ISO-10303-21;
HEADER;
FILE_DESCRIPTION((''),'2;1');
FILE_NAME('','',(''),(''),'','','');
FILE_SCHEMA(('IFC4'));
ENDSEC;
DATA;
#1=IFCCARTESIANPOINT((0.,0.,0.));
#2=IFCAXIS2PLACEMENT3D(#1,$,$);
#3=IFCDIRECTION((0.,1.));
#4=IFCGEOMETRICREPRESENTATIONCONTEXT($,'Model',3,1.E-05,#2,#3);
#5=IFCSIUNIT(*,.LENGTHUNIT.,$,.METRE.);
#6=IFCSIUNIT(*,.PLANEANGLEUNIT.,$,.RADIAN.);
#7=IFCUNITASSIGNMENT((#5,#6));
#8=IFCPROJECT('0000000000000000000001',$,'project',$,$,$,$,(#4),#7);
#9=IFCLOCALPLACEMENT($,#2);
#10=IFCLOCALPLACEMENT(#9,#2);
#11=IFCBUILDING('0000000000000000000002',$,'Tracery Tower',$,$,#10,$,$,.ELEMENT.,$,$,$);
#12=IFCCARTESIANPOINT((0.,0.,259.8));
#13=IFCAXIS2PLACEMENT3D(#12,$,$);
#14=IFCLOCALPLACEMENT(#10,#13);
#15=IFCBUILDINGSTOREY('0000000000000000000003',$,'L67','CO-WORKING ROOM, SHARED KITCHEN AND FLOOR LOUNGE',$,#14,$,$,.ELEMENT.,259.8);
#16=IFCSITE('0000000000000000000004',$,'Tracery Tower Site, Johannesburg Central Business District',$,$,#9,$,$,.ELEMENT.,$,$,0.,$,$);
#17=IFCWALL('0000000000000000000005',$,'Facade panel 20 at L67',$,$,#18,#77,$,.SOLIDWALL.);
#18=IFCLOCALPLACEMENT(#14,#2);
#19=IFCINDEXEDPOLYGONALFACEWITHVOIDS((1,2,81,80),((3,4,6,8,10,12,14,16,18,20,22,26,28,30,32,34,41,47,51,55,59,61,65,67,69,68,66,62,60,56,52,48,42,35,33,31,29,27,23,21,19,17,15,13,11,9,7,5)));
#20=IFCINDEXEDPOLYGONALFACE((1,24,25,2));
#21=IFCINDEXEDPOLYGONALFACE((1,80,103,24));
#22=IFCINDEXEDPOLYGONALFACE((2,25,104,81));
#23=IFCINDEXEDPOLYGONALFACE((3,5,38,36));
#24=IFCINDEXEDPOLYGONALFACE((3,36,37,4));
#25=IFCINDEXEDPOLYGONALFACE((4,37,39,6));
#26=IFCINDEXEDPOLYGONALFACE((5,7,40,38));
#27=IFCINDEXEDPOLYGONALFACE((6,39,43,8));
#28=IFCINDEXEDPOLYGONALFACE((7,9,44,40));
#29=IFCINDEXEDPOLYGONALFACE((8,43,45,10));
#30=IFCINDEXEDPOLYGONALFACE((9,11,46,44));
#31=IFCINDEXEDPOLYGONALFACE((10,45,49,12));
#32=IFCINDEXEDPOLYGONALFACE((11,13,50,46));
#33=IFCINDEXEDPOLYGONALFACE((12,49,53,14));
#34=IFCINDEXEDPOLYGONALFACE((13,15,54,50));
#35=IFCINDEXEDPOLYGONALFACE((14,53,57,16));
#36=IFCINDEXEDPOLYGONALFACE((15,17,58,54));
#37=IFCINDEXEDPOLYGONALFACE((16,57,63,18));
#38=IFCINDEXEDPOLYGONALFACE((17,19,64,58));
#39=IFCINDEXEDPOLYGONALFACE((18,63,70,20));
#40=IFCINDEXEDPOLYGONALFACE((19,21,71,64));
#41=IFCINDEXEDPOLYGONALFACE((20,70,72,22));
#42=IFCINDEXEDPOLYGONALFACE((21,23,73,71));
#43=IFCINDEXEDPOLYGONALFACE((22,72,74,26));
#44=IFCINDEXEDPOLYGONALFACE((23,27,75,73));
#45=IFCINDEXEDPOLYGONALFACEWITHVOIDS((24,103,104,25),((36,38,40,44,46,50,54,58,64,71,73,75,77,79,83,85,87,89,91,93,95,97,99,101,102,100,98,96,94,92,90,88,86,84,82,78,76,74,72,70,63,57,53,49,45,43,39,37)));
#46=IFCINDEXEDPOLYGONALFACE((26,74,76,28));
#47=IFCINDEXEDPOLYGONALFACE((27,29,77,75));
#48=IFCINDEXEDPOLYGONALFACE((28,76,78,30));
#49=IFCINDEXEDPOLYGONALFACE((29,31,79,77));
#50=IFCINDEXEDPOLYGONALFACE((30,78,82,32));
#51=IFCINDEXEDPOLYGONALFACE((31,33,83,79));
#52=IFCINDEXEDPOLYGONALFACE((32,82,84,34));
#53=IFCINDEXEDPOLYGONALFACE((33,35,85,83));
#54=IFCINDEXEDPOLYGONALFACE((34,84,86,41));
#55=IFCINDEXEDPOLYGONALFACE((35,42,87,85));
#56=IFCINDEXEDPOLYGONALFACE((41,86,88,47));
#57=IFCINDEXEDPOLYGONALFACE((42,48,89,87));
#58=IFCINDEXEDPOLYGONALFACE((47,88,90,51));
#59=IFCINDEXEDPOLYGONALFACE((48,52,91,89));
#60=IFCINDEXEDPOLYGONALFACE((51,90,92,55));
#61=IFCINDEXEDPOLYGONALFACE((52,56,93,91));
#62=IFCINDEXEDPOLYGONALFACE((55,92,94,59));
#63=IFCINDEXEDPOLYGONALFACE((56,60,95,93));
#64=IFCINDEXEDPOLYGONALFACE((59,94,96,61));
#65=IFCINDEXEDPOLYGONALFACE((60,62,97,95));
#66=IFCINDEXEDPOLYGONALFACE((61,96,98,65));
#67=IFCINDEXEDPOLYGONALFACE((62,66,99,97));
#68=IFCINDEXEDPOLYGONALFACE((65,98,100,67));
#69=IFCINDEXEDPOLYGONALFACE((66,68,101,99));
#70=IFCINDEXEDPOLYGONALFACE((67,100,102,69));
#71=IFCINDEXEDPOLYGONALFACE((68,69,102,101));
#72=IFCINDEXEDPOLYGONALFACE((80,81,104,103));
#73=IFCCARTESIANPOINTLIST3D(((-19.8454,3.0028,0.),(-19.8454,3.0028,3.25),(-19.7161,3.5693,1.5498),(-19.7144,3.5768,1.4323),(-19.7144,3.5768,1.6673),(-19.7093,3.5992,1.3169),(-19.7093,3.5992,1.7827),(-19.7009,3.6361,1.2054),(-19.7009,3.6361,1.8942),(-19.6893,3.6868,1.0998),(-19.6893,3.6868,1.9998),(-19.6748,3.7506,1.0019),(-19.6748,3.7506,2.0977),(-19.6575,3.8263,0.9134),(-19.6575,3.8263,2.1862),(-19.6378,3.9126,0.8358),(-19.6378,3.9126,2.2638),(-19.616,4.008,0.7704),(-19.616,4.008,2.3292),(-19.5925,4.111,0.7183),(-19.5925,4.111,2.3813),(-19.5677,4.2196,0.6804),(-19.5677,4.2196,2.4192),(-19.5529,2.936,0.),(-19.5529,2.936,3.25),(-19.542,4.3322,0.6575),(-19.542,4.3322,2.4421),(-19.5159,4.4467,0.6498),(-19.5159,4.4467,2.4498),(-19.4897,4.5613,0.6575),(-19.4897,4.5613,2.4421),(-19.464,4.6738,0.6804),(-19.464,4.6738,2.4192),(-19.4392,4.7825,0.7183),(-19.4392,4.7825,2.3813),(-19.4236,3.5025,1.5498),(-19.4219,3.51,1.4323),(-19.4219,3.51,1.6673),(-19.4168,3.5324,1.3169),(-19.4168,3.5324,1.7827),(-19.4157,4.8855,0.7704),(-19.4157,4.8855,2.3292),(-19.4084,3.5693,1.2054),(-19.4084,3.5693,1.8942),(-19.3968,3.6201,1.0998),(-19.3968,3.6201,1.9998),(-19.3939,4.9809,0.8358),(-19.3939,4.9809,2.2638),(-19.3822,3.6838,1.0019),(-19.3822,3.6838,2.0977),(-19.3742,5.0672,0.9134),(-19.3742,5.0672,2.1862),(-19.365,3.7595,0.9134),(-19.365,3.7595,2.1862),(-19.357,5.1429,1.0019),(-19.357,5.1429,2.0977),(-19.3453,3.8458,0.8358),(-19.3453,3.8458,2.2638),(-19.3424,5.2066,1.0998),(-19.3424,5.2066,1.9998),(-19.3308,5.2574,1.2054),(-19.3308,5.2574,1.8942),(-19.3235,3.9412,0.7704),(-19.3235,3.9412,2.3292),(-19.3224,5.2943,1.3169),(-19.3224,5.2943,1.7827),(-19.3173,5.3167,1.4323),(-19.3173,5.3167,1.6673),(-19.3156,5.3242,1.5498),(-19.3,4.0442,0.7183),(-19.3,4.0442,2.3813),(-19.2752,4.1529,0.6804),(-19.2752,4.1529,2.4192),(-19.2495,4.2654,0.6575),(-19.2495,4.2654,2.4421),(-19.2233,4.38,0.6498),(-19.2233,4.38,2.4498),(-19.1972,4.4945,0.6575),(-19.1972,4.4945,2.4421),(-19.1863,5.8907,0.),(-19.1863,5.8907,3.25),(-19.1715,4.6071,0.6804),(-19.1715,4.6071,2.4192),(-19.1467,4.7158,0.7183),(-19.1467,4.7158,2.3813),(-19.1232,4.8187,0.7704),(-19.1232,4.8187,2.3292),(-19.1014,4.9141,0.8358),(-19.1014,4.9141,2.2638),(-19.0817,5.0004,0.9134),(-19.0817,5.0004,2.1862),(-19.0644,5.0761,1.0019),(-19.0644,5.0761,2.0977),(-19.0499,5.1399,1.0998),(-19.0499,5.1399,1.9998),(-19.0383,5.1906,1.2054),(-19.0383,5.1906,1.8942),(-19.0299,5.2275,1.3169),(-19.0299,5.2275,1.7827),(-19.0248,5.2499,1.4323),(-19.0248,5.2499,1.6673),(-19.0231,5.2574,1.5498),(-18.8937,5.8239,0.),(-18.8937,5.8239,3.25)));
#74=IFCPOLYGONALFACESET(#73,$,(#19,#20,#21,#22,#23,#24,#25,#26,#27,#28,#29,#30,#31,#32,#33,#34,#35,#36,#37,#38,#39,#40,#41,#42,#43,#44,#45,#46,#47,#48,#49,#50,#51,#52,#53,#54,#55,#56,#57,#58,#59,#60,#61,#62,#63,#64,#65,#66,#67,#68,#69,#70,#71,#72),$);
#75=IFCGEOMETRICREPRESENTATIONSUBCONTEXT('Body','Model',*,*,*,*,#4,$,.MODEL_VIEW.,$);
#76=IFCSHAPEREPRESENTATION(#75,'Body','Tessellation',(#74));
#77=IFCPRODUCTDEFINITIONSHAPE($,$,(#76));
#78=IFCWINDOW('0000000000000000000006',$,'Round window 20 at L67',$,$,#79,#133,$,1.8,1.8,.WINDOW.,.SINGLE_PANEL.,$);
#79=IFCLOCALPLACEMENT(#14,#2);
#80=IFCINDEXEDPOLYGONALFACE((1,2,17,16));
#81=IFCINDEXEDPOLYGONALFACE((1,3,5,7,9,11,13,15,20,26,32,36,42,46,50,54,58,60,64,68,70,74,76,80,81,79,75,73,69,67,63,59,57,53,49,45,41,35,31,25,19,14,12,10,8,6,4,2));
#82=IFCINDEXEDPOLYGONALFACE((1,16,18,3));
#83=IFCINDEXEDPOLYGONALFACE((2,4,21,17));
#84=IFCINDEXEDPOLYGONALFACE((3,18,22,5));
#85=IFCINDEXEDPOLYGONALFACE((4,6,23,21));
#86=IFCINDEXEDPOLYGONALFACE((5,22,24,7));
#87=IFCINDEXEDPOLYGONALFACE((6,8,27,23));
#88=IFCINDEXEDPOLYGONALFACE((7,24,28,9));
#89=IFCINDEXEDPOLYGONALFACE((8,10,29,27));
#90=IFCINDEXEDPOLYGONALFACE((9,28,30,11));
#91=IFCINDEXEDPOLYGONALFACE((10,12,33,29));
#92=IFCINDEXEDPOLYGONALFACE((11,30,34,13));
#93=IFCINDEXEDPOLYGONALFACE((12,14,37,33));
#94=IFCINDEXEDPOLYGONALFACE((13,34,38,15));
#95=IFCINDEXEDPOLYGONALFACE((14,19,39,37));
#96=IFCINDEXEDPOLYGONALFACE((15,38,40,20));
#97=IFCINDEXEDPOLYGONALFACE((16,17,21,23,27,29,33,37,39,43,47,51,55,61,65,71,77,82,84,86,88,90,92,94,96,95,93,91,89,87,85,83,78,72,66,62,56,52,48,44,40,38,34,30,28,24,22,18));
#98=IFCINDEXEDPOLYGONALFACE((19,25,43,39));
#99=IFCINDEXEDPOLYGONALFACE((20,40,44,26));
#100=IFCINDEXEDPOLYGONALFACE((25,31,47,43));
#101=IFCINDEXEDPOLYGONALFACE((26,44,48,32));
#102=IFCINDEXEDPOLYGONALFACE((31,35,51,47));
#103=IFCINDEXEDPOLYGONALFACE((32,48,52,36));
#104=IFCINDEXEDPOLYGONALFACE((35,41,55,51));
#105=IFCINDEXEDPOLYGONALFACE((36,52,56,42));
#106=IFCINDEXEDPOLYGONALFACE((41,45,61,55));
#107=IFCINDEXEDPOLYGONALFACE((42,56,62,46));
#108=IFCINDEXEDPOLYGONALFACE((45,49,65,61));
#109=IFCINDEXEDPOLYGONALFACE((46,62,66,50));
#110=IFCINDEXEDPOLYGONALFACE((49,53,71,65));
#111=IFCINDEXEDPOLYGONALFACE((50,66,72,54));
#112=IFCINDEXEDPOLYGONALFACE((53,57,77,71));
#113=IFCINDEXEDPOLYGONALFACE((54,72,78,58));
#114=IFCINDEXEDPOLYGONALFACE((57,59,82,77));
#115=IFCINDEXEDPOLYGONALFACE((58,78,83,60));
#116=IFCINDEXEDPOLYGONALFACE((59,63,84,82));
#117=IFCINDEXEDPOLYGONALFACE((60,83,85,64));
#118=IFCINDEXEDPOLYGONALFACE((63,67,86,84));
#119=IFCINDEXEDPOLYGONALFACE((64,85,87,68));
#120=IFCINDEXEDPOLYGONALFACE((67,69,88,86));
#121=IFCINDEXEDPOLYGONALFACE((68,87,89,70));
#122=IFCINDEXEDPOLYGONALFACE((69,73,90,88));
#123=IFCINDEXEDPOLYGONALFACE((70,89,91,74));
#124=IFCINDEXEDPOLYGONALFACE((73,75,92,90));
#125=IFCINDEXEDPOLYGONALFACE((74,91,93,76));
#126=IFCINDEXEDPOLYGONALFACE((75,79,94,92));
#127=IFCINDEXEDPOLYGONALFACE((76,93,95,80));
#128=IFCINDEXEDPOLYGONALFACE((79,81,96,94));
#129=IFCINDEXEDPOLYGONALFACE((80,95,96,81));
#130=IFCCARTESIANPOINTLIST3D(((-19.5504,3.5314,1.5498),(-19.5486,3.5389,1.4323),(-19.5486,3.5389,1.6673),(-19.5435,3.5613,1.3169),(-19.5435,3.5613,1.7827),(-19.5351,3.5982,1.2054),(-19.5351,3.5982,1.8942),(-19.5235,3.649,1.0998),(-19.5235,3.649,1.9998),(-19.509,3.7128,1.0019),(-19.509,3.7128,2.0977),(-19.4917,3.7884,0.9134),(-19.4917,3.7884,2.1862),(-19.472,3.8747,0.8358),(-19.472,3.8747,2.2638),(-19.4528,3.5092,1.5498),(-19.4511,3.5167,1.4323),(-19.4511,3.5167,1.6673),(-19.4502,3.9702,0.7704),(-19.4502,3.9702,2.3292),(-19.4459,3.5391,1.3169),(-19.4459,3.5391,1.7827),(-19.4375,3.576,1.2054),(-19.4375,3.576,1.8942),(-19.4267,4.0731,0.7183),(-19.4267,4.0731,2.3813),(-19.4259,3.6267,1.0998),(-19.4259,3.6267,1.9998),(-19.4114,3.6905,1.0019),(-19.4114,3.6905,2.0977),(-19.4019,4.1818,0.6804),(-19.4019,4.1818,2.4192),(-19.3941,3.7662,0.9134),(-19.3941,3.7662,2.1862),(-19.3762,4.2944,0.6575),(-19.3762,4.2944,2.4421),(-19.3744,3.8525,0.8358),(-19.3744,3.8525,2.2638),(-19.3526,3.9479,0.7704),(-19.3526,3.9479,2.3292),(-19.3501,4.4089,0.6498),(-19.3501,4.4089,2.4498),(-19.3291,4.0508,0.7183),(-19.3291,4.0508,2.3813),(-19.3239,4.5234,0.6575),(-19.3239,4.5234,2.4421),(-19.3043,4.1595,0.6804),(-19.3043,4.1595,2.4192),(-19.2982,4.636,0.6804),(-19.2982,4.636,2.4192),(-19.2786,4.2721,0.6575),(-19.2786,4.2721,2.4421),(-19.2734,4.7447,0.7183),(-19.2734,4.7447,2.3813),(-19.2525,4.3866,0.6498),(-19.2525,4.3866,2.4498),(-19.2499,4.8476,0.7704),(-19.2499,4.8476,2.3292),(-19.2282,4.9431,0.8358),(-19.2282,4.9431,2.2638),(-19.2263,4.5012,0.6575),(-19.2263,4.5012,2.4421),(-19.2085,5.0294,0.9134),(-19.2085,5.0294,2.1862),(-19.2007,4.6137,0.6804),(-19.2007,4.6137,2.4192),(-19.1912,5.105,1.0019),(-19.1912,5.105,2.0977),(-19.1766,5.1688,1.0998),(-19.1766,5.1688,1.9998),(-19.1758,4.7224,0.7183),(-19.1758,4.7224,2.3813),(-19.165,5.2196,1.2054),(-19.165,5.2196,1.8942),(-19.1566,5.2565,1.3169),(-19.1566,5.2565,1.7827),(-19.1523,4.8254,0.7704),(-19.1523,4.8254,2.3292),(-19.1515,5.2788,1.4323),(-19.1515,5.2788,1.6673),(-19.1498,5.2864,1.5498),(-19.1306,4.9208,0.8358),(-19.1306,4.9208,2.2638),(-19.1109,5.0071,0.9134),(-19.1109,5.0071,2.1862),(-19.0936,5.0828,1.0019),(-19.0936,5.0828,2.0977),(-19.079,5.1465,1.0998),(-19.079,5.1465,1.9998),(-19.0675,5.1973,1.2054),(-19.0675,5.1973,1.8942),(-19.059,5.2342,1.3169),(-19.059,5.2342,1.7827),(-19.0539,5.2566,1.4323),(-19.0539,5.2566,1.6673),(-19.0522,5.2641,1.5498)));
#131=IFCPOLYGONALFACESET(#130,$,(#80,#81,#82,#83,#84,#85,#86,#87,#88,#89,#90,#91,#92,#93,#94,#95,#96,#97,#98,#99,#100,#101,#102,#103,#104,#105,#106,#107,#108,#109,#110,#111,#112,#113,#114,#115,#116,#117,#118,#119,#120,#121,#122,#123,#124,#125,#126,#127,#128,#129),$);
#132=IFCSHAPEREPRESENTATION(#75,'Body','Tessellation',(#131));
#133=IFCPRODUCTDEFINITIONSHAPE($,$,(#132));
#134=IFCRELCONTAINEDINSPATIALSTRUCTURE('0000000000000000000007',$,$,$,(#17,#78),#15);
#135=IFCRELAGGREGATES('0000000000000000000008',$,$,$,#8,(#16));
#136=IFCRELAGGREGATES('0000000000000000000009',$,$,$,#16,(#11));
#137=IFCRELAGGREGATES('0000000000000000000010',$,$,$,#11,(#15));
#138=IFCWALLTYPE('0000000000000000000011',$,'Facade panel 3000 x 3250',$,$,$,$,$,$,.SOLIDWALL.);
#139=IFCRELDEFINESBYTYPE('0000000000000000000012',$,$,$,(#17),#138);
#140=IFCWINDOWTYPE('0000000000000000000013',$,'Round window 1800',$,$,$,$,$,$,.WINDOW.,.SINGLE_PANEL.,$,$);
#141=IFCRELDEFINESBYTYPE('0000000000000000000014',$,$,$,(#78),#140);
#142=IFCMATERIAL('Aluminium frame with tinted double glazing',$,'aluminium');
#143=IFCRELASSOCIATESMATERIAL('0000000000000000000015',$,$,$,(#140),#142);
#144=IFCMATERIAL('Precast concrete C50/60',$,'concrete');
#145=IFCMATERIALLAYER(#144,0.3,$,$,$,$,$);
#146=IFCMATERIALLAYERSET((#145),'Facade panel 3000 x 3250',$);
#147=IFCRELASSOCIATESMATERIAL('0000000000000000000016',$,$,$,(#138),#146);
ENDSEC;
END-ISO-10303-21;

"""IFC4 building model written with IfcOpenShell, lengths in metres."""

from ifc_helpers import new_model, si_unit, direction, frame, frame_2d, origin, origin_2d, place, context, subcontext, project, spatial, rectangle, circle, extrude, material, layer, layer_set, type_object, element, fill, save


model = new_model("IFC4")

# Units and contexts
model_context = context("Model", 3, precision=1e-05, world=origin(), true_north=direction((0.0, 1.0)))
body_context = subcontext(model_context, "Body", "Model", "MODEL_VIEW")
ifc_project = project(units=[si_unit("LENGTHUNIT", "METRE"), si_unit("PLANEANGLEUNIT", "RADIAN")], contexts=[model_context])

# Site, building, storey
site_placement = place(None, origin())
site = spatial("IfcSite", under=ifc_project, at=site_placement, Name="Tracery Tower Site, Johannesburg Central Business District", CompositionType="ELEMENT", RefElevation=0.0)
building_placement = place(site_placement, origin())
building = spatial("IfcBuilding", under=site, at=building_placement, Name="Tracery Tower", CompositionType="ELEMENT")
storey_placement = place(building_placement, frame((0.0, 0.0, 259.8)))
storey = spatial("IfcBuildingStorey", under=building, at=storey_placement, Name="L67", Description="CO-WORKING ROOM, SHARED KITCHEN AND FLOOR LOUNGE", CompositionType="ELEMENT", Elevation=259.8)

# Wall, opening, window
ifc_material_1 = material(Name="Aluminium frame with tinted double glazing", Category="aluminium")
window_type = type_object("IfcWindowType", Name="Round window 1800", PartitioningType="SINGLE_PANEL", PredefinedType="WINDOW", material=ifc_material_1)
ifc_material_2 = material(Name="Precast concrete C50/60", Category="concrete")
ifc_layer_1 = layer(ifc_material_2, 0.3)
ifc_layer_set_1 = layer_set([ifc_layer_1], Name="Facade panel 3000 x 3250")
wall_type_1 = type_object("IfcWallType", Name="Facade panel 3000 x 3250", PredefinedType="SOLIDWALL", material=ifc_layer_set_1)
wall_1_placement = place(storey_placement, frame((-19.04, 5.8572, 0.0), z_axis=(0.0, 0.0, 1.0), x_axis=(-0.222529, -0.974926, 0.0)))
wall_1 = element("IfcWall", 1, at=wall_1_placement, inside=storey, type_object=wall_type_1, Name="Facade panel 20 at L67", PredefinedType="SOLIDWALL", context=body_context, shape_type="SweptSolid", body=[
    extrude(rectangle(XDim=2.9622, YDim=0.3, at=frame_2d((1.481, 0.0))), origin(), (0.0, 0.0, 1.0), 3.25),
])
opening_1_placement = place(wall_1_placement, frame((1.481, 0.0, 1.5498)))
opening_1 = element("IfcOpeningElement", 2, at=opening_1_placement, cuts=wall_1, PredefinedType="OPENING", context=body_context, shape_type="SweptSolid", body=[
    extrude(circle(Radius=0.9, at=origin_2d()), frame((0.0, 0.1599, 0.0), z_axis=(0.0, -1.0, 0.0), x_axis=(1.0, 0.0, 0.0)), (0.0, 0.0, 1.0), 0.3201),
])
window_1_placement = place(opening_1_placement, origin())
window_1 = element("IfcWindow", 3, at=window_1_placement, inside=storey, type_object=window_type, Name="Round window 20 at L67", OverallHeight=1.8, OverallWidth=1.8, PartitioningType="SINGLE_PANEL", PredefinedType="WINDOW", context=body_context, shape_type="SweptSolid", body=[
    extrude(circle(Radius=0.9, at=origin_2d()), frame((0.0, 0.1201, 0.0), z_axis=(0.0, -1.0, 0.0), x_axis=(1.0, 0.0, 0.0)), (0.0, 0.0, 1.0), 0.1001),
])
fill(opening_1, window_1)

save(model, "model.ifc")
